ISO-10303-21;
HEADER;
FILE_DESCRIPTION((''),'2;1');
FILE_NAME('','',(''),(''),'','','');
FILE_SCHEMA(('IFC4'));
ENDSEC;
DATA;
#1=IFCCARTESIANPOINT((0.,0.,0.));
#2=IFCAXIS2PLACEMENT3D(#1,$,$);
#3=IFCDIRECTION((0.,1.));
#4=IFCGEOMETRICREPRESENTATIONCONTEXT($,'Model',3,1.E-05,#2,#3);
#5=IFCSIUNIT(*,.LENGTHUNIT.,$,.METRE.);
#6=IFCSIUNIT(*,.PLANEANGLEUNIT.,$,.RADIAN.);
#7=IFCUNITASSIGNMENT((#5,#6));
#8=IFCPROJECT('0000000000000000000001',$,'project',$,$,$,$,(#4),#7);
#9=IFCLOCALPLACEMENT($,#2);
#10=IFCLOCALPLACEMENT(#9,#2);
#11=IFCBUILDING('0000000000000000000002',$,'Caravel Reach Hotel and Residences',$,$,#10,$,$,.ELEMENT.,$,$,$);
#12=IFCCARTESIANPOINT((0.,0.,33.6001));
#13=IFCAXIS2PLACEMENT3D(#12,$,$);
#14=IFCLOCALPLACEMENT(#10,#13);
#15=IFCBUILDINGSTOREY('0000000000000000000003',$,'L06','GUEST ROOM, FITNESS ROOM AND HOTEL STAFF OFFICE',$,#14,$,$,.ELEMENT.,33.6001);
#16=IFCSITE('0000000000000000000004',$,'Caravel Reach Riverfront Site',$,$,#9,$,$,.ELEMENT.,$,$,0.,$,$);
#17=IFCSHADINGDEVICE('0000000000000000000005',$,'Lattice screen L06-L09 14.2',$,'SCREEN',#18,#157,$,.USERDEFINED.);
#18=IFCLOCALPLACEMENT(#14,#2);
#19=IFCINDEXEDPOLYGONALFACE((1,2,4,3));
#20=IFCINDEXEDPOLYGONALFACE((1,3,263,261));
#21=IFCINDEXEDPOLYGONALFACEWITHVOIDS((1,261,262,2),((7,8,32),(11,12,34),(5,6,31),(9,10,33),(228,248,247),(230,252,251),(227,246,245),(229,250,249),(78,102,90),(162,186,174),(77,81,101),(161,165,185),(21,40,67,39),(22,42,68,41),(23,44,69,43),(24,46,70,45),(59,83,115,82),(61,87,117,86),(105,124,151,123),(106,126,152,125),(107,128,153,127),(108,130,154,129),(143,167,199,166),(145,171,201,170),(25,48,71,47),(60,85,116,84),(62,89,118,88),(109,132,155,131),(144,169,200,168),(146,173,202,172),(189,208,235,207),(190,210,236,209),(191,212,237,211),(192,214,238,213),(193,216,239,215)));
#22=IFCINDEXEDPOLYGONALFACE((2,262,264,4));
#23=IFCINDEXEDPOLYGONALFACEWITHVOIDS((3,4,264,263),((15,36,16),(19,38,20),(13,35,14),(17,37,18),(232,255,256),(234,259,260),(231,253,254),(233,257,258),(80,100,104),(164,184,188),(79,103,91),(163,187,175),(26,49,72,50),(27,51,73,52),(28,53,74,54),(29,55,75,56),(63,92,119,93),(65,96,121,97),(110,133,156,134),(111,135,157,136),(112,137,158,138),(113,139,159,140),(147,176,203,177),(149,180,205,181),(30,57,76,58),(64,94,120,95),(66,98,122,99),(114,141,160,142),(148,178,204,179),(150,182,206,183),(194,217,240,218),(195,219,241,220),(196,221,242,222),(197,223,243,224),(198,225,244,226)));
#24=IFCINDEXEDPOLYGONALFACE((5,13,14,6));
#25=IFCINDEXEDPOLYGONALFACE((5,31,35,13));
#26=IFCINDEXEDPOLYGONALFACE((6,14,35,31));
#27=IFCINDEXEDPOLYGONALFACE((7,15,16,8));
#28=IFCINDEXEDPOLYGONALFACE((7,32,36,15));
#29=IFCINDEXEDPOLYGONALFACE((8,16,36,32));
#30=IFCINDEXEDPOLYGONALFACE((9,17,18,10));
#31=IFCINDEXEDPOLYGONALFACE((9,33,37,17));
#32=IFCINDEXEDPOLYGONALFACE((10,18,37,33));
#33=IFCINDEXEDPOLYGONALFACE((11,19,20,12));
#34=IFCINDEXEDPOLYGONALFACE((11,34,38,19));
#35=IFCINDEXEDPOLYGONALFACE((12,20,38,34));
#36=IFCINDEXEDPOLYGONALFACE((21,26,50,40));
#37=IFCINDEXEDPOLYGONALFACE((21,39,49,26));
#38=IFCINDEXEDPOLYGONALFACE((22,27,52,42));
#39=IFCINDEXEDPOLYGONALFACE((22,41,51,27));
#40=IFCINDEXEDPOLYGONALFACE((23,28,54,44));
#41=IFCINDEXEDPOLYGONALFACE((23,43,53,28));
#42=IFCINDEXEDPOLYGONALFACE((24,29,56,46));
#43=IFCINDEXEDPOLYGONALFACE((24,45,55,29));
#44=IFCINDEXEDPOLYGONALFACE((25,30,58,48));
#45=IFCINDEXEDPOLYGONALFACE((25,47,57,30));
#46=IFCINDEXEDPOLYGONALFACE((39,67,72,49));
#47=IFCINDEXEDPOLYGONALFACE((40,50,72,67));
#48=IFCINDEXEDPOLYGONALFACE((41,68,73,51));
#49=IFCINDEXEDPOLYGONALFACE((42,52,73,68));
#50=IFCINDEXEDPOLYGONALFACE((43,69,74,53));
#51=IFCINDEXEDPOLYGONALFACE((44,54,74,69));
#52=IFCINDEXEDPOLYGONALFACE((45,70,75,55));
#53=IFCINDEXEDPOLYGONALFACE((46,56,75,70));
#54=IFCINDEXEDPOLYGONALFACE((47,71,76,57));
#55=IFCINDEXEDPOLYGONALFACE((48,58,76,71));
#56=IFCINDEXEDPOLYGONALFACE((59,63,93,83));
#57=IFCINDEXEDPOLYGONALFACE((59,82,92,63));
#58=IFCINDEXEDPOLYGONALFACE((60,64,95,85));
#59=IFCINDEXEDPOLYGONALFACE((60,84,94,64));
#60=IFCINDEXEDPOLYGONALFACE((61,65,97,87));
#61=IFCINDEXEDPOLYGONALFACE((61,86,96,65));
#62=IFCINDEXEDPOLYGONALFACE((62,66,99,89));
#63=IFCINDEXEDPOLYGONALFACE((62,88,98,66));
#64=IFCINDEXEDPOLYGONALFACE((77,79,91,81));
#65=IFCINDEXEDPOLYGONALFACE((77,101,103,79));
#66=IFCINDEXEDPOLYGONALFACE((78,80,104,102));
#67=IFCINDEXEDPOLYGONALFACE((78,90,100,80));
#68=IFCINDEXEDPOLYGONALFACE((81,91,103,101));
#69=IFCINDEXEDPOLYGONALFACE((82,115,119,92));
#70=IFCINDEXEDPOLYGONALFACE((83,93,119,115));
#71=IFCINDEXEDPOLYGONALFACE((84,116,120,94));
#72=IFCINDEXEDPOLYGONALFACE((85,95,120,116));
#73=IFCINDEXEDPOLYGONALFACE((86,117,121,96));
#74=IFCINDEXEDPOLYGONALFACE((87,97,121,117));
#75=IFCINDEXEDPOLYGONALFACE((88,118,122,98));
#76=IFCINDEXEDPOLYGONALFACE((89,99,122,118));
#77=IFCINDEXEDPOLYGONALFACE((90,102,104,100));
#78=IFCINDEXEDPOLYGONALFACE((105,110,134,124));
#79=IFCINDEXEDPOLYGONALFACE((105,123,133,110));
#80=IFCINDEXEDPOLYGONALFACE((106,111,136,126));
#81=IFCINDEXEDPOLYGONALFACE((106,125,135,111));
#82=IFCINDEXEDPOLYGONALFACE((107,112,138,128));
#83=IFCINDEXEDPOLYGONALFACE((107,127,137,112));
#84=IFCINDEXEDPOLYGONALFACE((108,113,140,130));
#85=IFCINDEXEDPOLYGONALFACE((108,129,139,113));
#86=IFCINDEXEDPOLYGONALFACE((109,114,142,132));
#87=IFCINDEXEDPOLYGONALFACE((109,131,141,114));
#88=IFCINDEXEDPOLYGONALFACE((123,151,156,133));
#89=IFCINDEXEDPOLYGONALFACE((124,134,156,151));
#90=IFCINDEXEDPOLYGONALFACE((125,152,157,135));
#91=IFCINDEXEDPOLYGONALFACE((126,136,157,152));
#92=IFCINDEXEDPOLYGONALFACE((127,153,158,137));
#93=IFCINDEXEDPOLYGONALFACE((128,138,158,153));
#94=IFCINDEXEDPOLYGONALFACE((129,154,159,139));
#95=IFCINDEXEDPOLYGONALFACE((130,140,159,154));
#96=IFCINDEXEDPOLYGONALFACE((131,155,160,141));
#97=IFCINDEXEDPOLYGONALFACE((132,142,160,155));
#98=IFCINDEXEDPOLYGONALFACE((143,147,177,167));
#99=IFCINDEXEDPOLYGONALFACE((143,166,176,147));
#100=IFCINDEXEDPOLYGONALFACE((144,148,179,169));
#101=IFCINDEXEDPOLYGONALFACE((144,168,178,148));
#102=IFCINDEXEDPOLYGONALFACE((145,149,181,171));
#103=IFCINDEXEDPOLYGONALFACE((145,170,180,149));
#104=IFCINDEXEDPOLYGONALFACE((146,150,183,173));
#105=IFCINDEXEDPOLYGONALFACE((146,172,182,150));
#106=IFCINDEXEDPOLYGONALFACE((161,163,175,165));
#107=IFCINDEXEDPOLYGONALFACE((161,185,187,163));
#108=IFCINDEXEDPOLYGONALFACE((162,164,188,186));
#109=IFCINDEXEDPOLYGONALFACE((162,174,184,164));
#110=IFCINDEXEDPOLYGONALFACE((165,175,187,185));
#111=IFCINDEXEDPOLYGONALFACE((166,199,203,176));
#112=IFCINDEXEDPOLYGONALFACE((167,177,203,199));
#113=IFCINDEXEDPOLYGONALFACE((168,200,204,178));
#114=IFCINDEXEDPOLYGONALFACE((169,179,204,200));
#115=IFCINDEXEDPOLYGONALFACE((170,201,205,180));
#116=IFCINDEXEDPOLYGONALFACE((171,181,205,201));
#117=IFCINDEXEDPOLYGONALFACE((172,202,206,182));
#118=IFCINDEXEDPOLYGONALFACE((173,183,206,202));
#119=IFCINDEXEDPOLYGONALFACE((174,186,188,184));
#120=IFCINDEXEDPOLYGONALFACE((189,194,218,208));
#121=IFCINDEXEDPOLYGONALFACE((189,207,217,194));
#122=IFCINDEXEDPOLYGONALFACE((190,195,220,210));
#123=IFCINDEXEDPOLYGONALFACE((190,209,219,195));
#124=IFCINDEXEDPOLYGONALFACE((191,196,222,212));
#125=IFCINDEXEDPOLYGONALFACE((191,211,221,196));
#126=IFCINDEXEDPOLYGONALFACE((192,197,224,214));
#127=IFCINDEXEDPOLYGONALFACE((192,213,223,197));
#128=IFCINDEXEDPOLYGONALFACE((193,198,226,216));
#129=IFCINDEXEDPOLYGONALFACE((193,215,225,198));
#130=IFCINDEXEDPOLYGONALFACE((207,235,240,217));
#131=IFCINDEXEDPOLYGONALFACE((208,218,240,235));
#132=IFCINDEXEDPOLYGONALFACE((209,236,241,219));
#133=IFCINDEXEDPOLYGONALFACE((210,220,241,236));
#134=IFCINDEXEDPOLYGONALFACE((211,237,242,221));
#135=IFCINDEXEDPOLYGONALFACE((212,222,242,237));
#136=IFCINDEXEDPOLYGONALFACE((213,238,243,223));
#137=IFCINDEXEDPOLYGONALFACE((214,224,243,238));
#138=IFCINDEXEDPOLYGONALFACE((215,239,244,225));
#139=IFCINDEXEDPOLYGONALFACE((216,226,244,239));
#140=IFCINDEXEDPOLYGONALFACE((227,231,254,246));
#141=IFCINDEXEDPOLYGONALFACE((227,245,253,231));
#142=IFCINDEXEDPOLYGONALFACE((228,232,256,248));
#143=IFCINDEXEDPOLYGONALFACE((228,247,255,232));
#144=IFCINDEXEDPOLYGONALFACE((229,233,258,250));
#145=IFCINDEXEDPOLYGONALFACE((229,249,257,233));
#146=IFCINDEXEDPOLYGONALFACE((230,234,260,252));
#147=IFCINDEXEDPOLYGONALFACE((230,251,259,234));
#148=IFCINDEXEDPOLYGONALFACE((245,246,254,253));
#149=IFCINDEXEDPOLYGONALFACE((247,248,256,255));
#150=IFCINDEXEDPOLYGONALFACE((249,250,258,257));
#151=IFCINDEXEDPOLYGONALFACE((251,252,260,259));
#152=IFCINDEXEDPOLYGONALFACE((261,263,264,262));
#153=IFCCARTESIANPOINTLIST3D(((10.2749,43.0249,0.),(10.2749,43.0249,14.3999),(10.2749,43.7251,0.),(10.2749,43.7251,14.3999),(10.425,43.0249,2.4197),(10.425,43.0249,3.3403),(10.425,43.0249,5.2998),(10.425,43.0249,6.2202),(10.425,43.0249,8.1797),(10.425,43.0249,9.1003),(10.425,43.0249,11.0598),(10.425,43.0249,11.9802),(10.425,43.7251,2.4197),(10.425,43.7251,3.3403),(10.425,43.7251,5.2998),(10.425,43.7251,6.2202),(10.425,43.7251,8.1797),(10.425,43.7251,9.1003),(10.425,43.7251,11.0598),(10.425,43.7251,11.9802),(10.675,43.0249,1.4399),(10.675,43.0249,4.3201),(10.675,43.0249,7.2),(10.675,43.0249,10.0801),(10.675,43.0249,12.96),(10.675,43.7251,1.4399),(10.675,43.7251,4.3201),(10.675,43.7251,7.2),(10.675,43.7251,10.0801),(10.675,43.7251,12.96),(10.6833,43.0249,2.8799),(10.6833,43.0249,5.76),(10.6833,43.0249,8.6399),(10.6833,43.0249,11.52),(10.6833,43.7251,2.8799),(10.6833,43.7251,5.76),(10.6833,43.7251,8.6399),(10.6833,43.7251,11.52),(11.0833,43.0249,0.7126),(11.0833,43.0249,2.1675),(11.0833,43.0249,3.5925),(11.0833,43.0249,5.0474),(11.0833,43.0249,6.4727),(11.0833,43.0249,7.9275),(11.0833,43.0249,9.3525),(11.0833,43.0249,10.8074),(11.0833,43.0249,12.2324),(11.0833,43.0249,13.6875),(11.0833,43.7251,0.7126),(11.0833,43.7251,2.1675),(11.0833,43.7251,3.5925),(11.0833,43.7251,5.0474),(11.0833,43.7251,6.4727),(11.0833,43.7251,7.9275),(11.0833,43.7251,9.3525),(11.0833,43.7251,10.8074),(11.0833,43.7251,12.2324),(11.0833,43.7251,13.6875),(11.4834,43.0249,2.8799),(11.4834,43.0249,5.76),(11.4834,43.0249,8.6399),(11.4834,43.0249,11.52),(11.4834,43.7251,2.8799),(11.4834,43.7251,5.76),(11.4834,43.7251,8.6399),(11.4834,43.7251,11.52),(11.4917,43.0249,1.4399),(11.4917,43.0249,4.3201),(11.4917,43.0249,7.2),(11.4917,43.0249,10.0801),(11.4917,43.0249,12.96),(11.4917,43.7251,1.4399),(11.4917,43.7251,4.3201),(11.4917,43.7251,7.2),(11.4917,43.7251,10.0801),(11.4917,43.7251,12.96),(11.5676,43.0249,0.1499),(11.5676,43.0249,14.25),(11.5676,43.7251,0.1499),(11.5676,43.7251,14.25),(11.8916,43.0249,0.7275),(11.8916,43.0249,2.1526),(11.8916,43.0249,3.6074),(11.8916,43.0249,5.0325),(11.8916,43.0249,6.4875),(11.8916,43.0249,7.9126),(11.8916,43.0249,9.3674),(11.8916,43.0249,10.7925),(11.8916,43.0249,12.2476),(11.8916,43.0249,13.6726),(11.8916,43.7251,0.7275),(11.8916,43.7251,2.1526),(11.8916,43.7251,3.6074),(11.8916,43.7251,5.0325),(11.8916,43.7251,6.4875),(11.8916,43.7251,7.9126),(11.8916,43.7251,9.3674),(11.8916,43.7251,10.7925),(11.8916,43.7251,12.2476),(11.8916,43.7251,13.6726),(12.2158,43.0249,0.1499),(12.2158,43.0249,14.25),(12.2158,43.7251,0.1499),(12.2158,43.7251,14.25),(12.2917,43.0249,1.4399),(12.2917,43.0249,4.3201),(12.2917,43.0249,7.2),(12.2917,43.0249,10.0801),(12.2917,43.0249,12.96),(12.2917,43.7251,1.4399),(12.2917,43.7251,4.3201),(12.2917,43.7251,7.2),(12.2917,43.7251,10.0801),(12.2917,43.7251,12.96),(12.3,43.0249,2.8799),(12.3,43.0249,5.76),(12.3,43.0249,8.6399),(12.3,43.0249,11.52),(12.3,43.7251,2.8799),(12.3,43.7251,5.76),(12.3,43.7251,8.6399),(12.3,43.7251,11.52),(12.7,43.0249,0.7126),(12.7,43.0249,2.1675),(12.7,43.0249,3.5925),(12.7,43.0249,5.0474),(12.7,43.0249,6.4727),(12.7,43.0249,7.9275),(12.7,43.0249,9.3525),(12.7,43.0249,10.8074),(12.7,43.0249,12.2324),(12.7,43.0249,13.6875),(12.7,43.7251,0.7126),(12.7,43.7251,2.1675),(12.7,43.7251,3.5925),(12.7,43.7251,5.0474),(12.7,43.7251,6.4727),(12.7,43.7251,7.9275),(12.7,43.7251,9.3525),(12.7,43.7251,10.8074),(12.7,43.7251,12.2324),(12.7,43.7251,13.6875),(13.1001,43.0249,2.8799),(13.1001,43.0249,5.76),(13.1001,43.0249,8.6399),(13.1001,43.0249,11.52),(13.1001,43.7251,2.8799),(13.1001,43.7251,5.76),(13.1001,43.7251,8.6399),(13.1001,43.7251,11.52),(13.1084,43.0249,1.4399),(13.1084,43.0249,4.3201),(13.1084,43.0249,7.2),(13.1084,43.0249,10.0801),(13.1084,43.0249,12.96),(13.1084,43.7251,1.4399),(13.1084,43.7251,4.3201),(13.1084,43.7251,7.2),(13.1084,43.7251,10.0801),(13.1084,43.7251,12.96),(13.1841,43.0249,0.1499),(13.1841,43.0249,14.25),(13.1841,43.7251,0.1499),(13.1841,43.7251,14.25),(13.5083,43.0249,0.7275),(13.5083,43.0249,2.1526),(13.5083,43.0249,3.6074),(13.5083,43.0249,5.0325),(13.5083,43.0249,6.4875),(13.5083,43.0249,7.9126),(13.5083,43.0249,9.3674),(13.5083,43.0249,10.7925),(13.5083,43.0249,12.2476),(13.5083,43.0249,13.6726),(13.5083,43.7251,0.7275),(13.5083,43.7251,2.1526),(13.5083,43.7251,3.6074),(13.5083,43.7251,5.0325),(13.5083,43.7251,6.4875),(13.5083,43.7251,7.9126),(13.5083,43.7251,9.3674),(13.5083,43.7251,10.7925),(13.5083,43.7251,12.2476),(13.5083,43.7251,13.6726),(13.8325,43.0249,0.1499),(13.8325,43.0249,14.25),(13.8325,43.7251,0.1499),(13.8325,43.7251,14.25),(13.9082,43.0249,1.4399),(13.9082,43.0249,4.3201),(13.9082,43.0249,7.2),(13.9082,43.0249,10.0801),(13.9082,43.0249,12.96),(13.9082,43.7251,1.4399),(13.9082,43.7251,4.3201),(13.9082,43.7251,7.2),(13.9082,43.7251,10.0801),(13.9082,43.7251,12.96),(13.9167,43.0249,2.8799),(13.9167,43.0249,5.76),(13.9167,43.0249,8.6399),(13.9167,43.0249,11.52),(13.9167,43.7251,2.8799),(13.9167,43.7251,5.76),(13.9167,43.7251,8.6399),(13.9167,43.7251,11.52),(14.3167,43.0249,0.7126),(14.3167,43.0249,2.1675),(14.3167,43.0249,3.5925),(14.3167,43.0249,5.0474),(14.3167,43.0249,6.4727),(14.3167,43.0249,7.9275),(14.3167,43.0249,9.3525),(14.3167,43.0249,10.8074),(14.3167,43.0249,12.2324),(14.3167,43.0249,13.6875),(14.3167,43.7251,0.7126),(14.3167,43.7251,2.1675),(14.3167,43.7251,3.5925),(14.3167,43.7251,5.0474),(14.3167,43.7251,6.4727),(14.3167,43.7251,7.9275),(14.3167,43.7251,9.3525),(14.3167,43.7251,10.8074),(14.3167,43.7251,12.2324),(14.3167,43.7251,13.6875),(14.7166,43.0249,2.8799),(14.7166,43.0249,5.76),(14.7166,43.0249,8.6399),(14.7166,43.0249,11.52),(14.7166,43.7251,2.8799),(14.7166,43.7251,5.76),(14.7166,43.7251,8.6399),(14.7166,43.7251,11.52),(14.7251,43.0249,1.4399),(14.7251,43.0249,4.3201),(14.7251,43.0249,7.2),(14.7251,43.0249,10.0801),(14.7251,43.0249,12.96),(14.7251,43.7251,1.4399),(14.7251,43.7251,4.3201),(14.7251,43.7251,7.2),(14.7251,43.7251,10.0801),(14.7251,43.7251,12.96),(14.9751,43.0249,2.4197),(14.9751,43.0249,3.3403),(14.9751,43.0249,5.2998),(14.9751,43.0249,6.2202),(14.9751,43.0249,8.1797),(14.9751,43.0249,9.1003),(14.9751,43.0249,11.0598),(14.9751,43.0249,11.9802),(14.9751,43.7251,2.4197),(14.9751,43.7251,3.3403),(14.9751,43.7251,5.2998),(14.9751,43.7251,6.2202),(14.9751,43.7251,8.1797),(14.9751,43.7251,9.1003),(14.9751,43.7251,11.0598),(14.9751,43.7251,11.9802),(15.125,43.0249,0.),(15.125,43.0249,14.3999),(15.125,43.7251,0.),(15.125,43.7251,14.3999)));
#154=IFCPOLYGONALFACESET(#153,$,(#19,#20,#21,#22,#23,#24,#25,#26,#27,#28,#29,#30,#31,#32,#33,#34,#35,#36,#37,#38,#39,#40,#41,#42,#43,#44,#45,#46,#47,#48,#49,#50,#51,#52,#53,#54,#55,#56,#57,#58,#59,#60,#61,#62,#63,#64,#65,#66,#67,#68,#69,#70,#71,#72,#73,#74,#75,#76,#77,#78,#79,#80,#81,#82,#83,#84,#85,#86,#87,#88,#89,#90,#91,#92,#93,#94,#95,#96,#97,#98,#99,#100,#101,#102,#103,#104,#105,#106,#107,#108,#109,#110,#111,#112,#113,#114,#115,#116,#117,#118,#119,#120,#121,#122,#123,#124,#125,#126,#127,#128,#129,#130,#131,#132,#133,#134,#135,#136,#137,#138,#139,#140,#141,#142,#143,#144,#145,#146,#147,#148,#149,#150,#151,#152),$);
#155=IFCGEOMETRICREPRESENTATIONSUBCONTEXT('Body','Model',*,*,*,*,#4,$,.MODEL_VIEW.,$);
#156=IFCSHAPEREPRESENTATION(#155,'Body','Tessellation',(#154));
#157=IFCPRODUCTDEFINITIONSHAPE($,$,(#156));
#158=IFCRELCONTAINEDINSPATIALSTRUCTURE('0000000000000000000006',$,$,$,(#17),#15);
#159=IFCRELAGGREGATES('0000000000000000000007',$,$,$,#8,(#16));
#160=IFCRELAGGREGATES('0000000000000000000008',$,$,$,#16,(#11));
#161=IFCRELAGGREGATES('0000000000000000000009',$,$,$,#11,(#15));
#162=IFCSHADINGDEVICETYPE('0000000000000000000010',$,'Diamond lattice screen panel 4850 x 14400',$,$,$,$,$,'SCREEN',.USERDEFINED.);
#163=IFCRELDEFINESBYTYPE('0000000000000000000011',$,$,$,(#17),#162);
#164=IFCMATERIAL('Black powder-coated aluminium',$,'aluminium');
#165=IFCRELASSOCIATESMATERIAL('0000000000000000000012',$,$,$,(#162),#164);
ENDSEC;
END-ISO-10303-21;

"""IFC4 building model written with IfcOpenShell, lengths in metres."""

from ifc_helpers import new_model, si_unit, direction, frame, origin, place, context, subcontext, project, spatial, polyline, outline, extrude, material, type_object, element, save


model = new_model("IFC4")

# Units and contexts
model_context = context("Model", 3, precision=1e-05, world=origin(), true_north=direction((0.0, 1.0)))
body_context = subcontext(model_context, "Body", "Model", "MODEL_VIEW")
ifc_project = project(units=[si_unit("LENGTHUNIT", "METRE"), si_unit("PLANEANGLEUNIT", "RADIAN")], contexts=[model_context])

# Site, building, storey
site_placement = place(None, origin())
site = spatial("IfcSite", under=ifc_project, at=site_placement, Name="Caravel Reach Riverfront Site", CompositionType="ELEMENT", RefElevation=0.0)
building_placement = place(site_placement, origin())
building = spatial("IfcBuilding", under=site, at=building_placement, Name="Caravel Reach Hotel and Residences", CompositionType="ELEMENT")
storey_placement = place(building_placement, frame((0.0, 0.0, 33.6001)))
storey = spatial("IfcBuildingStorey", under=building, at=storey_placement, Name="L06", Description="GUEST ROOM, FITNESS ROOM AND HOTEL STAFF OFFICE", CompositionType="ELEMENT", Elevation=33.6001)

# Shading device
ifc_material_1 = material(Name="Black powder-coated aluminium", Category="aluminium")
shading_device_type_1 = type_object("IfcShadingDeviceType", Name="Diamond lattice screen panel 4850 x 14400", ElementType="SCREEN", PredefinedType="USERDEFINED", material=ifc_material_1)
shading_device_1_placement = place(storey_placement, frame((15.125, 43.0249, 0.0), z_axis=(0.0, 1.0, 0.0), x_axis=(-1.0, 0.0, 0.0)))
element("IfcShadingDevice", 1, at=shading_device_1_placement, inside=storey, type_object=shading_device_type_1, Name="Lattice screen L06-L09 14.2", ObjectType="SCREEN", PredefinedType="USERDEFINED", context=body_context, shape_type="SweptSolid", body=[
    extrude(outline(polyline([(0.0, 0.0), (4.8501, 0.0), (4.8501, 14.3999), (0.0, 14.3999), (0.0, 0.0)]), holes=[polyline([(0.4084, 2.8799), (0.1499, 3.3403), (0.1499, 2.4197), (0.4084, 2.8799)]), polyline([(0.4084, 5.76), (0.1499, 6.2202), (0.1499, 5.2998), (0.4084, 5.76)]), polyline([(0.4084, 8.6399), (0.1499, 9.1003), (0.1499, 8.1797), (0.4084, 8.6399)]), polyline([(0.4084, 11.52), (0.1499, 11.9802), (0.1499, 11.0598), (0.4084, 11.52)]), polyline([(0.8083, 2.1675), (0.3999, 1.4399), (0.8083, 0.7126), (1.2168, 1.4399), (0.8083, 2.1675)]), polyline([(0.8083, 5.0474), (0.3999, 4.3201), (0.8083, 3.5925), (1.2168, 4.3201), (0.8083, 5.0474)]), polyline([(0.8083, 7.9275), (0.3999, 7.2), (0.8083, 6.4727), (1.2168, 7.2), (0.8083, 7.9275)]), polyline([(0.8083, 10.8074), (0.3999, 10.0801), (0.8083, 9.3525), (1.2168, 10.0801), (0.8083, 10.8074)]), polyline([(0.8083, 13.6875), (0.3999, 12.96), (0.8083, 12.2324), (1.2168, 12.96), (0.8083, 13.6875)]), polyline([(1.6167, 0.7275), (1.2925, 0.1499), (1.9409, 0.1499), (1.6167, 0.7275)]), polyline([(1.6167, 3.6074), (1.2083, 2.8799), (1.6167, 2.1526), (2.0249, 2.8799), (1.6167, 3.6074)]), polyline([(1.6167, 6.4875), (1.2083, 5.76), (1.6167, 5.0325), (2.0249, 5.76), (1.6167, 6.4875)]), polyline([(1.6167, 9.3674), (1.2083, 8.6399), (1.6167, 7.9126), (2.0249, 8.6399), (1.6167, 9.3674)]), polyline([(1.6167, 12.2476), (1.2083, 11.52), (1.6167, 10.7925), (2.0249, 11.52), (1.6167, 12.2476)]), polyline([(1.6167, 13.6726), (1.9409, 14.25), (1.2925, 14.25), (1.6167, 13.6726)]), polyline([(2.425, 2.1675), (2.0166, 1.4399), (2.425, 0.7126), (2.8333, 1.4399), (2.425, 2.1675)]), polyline([(2.425, 5.0474), (2.0166, 4.3201), (2.425, 3.5925), (2.8333, 4.3201), (2.425, 5.0474)]), polyline([(2.425, 7.9275), (2.0166, 7.2), (2.425, 6.4727), (2.8333, 7.2), (2.425, 7.9275)]), polyline([(2.425, 10.8074), (2.0166, 10.0801), (2.425, 9.3525), (2.8333, 10.0801), (2.425, 10.8074)]), polyline([(2.425, 13.6875), (2.0166, 12.96), (2.425, 12.2324), (2.8333, 12.96), (2.425, 13.6875)]), polyline([(3.2334, 0.7275), (2.9092, 0.1499), (3.5574, 0.1499), (3.2334, 0.7275)]), polyline([(3.2334, 3.6074), (2.825, 2.8799), (3.2334, 2.1526), (3.6416, 2.8799), (3.2334, 3.6074)]), polyline([(3.2334, 6.4875), (2.825, 5.76), (3.2334, 5.0325), (3.6416, 5.76), (3.2334, 6.4875)]), polyline([(3.2334, 9.3674), (2.825, 8.6399), (3.2334, 7.9126), (3.6416, 8.6399), (3.2334, 9.3674)]), polyline([(3.2334, 12.2476), (2.825, 11.52), (3.2334, 10.7925), (3.6416, 11.52), (3.2334, 12.2476)]), polyline([(3.2334, 13.6726), (3.5574, 14.25), (2.9092, 14.25), (3.2334, 13.6726)]), polyline([(4.0417, 2.1675), (3.6333, 1.4399), (4.0417, 0.7126), (4.45, 1.4399), (4.0417, 2.1675)]), polyline([(4.0417, 5.0474), (3.6333, 4.3201), (4.0417, 3.5925), (4.45, 4.3201), (4.0417, 5.0474)]), polyline([(4.0417, 7.9275), (3.6333, 7.2), (4.0417, 6.4727), (4.45, 7.2), (4.0417, 7.9275)]), polyline([(4.0417, 10.8074), (3.6333, 10.0801), (4.0417, 9.3525), (4.45, 10.0801), (4.0417, 10.8074)]), polyline([(4.0417, 13.6875), (3.6333, 12.96), (4.0417, 12.2324), (4.45, 12.96), (4.0417, 13.6875)]), polyline([(4.4417, 2.8799), (4.7, 2.4197), (4.7, 3.3403), (4.4417, 2.8799)]), polyline([(4.4417, 5.76), (4.7, 5.2998), (4.7, 6.2202), (4.4417, 5.76)]), polyline([(4.4417, 8.6399), (4.7, 8.1797), (4.7, 9.1003), (4.4417, 8.6399)]), polyline([(4.4417, 11.52), (4.7, 11.0598), (4.7, 11.9802), (4.4417, 11.52)])]), origin(), (0.0, 0.0, 1.0), 0.7002),
])

save(model, "model.ifc")
